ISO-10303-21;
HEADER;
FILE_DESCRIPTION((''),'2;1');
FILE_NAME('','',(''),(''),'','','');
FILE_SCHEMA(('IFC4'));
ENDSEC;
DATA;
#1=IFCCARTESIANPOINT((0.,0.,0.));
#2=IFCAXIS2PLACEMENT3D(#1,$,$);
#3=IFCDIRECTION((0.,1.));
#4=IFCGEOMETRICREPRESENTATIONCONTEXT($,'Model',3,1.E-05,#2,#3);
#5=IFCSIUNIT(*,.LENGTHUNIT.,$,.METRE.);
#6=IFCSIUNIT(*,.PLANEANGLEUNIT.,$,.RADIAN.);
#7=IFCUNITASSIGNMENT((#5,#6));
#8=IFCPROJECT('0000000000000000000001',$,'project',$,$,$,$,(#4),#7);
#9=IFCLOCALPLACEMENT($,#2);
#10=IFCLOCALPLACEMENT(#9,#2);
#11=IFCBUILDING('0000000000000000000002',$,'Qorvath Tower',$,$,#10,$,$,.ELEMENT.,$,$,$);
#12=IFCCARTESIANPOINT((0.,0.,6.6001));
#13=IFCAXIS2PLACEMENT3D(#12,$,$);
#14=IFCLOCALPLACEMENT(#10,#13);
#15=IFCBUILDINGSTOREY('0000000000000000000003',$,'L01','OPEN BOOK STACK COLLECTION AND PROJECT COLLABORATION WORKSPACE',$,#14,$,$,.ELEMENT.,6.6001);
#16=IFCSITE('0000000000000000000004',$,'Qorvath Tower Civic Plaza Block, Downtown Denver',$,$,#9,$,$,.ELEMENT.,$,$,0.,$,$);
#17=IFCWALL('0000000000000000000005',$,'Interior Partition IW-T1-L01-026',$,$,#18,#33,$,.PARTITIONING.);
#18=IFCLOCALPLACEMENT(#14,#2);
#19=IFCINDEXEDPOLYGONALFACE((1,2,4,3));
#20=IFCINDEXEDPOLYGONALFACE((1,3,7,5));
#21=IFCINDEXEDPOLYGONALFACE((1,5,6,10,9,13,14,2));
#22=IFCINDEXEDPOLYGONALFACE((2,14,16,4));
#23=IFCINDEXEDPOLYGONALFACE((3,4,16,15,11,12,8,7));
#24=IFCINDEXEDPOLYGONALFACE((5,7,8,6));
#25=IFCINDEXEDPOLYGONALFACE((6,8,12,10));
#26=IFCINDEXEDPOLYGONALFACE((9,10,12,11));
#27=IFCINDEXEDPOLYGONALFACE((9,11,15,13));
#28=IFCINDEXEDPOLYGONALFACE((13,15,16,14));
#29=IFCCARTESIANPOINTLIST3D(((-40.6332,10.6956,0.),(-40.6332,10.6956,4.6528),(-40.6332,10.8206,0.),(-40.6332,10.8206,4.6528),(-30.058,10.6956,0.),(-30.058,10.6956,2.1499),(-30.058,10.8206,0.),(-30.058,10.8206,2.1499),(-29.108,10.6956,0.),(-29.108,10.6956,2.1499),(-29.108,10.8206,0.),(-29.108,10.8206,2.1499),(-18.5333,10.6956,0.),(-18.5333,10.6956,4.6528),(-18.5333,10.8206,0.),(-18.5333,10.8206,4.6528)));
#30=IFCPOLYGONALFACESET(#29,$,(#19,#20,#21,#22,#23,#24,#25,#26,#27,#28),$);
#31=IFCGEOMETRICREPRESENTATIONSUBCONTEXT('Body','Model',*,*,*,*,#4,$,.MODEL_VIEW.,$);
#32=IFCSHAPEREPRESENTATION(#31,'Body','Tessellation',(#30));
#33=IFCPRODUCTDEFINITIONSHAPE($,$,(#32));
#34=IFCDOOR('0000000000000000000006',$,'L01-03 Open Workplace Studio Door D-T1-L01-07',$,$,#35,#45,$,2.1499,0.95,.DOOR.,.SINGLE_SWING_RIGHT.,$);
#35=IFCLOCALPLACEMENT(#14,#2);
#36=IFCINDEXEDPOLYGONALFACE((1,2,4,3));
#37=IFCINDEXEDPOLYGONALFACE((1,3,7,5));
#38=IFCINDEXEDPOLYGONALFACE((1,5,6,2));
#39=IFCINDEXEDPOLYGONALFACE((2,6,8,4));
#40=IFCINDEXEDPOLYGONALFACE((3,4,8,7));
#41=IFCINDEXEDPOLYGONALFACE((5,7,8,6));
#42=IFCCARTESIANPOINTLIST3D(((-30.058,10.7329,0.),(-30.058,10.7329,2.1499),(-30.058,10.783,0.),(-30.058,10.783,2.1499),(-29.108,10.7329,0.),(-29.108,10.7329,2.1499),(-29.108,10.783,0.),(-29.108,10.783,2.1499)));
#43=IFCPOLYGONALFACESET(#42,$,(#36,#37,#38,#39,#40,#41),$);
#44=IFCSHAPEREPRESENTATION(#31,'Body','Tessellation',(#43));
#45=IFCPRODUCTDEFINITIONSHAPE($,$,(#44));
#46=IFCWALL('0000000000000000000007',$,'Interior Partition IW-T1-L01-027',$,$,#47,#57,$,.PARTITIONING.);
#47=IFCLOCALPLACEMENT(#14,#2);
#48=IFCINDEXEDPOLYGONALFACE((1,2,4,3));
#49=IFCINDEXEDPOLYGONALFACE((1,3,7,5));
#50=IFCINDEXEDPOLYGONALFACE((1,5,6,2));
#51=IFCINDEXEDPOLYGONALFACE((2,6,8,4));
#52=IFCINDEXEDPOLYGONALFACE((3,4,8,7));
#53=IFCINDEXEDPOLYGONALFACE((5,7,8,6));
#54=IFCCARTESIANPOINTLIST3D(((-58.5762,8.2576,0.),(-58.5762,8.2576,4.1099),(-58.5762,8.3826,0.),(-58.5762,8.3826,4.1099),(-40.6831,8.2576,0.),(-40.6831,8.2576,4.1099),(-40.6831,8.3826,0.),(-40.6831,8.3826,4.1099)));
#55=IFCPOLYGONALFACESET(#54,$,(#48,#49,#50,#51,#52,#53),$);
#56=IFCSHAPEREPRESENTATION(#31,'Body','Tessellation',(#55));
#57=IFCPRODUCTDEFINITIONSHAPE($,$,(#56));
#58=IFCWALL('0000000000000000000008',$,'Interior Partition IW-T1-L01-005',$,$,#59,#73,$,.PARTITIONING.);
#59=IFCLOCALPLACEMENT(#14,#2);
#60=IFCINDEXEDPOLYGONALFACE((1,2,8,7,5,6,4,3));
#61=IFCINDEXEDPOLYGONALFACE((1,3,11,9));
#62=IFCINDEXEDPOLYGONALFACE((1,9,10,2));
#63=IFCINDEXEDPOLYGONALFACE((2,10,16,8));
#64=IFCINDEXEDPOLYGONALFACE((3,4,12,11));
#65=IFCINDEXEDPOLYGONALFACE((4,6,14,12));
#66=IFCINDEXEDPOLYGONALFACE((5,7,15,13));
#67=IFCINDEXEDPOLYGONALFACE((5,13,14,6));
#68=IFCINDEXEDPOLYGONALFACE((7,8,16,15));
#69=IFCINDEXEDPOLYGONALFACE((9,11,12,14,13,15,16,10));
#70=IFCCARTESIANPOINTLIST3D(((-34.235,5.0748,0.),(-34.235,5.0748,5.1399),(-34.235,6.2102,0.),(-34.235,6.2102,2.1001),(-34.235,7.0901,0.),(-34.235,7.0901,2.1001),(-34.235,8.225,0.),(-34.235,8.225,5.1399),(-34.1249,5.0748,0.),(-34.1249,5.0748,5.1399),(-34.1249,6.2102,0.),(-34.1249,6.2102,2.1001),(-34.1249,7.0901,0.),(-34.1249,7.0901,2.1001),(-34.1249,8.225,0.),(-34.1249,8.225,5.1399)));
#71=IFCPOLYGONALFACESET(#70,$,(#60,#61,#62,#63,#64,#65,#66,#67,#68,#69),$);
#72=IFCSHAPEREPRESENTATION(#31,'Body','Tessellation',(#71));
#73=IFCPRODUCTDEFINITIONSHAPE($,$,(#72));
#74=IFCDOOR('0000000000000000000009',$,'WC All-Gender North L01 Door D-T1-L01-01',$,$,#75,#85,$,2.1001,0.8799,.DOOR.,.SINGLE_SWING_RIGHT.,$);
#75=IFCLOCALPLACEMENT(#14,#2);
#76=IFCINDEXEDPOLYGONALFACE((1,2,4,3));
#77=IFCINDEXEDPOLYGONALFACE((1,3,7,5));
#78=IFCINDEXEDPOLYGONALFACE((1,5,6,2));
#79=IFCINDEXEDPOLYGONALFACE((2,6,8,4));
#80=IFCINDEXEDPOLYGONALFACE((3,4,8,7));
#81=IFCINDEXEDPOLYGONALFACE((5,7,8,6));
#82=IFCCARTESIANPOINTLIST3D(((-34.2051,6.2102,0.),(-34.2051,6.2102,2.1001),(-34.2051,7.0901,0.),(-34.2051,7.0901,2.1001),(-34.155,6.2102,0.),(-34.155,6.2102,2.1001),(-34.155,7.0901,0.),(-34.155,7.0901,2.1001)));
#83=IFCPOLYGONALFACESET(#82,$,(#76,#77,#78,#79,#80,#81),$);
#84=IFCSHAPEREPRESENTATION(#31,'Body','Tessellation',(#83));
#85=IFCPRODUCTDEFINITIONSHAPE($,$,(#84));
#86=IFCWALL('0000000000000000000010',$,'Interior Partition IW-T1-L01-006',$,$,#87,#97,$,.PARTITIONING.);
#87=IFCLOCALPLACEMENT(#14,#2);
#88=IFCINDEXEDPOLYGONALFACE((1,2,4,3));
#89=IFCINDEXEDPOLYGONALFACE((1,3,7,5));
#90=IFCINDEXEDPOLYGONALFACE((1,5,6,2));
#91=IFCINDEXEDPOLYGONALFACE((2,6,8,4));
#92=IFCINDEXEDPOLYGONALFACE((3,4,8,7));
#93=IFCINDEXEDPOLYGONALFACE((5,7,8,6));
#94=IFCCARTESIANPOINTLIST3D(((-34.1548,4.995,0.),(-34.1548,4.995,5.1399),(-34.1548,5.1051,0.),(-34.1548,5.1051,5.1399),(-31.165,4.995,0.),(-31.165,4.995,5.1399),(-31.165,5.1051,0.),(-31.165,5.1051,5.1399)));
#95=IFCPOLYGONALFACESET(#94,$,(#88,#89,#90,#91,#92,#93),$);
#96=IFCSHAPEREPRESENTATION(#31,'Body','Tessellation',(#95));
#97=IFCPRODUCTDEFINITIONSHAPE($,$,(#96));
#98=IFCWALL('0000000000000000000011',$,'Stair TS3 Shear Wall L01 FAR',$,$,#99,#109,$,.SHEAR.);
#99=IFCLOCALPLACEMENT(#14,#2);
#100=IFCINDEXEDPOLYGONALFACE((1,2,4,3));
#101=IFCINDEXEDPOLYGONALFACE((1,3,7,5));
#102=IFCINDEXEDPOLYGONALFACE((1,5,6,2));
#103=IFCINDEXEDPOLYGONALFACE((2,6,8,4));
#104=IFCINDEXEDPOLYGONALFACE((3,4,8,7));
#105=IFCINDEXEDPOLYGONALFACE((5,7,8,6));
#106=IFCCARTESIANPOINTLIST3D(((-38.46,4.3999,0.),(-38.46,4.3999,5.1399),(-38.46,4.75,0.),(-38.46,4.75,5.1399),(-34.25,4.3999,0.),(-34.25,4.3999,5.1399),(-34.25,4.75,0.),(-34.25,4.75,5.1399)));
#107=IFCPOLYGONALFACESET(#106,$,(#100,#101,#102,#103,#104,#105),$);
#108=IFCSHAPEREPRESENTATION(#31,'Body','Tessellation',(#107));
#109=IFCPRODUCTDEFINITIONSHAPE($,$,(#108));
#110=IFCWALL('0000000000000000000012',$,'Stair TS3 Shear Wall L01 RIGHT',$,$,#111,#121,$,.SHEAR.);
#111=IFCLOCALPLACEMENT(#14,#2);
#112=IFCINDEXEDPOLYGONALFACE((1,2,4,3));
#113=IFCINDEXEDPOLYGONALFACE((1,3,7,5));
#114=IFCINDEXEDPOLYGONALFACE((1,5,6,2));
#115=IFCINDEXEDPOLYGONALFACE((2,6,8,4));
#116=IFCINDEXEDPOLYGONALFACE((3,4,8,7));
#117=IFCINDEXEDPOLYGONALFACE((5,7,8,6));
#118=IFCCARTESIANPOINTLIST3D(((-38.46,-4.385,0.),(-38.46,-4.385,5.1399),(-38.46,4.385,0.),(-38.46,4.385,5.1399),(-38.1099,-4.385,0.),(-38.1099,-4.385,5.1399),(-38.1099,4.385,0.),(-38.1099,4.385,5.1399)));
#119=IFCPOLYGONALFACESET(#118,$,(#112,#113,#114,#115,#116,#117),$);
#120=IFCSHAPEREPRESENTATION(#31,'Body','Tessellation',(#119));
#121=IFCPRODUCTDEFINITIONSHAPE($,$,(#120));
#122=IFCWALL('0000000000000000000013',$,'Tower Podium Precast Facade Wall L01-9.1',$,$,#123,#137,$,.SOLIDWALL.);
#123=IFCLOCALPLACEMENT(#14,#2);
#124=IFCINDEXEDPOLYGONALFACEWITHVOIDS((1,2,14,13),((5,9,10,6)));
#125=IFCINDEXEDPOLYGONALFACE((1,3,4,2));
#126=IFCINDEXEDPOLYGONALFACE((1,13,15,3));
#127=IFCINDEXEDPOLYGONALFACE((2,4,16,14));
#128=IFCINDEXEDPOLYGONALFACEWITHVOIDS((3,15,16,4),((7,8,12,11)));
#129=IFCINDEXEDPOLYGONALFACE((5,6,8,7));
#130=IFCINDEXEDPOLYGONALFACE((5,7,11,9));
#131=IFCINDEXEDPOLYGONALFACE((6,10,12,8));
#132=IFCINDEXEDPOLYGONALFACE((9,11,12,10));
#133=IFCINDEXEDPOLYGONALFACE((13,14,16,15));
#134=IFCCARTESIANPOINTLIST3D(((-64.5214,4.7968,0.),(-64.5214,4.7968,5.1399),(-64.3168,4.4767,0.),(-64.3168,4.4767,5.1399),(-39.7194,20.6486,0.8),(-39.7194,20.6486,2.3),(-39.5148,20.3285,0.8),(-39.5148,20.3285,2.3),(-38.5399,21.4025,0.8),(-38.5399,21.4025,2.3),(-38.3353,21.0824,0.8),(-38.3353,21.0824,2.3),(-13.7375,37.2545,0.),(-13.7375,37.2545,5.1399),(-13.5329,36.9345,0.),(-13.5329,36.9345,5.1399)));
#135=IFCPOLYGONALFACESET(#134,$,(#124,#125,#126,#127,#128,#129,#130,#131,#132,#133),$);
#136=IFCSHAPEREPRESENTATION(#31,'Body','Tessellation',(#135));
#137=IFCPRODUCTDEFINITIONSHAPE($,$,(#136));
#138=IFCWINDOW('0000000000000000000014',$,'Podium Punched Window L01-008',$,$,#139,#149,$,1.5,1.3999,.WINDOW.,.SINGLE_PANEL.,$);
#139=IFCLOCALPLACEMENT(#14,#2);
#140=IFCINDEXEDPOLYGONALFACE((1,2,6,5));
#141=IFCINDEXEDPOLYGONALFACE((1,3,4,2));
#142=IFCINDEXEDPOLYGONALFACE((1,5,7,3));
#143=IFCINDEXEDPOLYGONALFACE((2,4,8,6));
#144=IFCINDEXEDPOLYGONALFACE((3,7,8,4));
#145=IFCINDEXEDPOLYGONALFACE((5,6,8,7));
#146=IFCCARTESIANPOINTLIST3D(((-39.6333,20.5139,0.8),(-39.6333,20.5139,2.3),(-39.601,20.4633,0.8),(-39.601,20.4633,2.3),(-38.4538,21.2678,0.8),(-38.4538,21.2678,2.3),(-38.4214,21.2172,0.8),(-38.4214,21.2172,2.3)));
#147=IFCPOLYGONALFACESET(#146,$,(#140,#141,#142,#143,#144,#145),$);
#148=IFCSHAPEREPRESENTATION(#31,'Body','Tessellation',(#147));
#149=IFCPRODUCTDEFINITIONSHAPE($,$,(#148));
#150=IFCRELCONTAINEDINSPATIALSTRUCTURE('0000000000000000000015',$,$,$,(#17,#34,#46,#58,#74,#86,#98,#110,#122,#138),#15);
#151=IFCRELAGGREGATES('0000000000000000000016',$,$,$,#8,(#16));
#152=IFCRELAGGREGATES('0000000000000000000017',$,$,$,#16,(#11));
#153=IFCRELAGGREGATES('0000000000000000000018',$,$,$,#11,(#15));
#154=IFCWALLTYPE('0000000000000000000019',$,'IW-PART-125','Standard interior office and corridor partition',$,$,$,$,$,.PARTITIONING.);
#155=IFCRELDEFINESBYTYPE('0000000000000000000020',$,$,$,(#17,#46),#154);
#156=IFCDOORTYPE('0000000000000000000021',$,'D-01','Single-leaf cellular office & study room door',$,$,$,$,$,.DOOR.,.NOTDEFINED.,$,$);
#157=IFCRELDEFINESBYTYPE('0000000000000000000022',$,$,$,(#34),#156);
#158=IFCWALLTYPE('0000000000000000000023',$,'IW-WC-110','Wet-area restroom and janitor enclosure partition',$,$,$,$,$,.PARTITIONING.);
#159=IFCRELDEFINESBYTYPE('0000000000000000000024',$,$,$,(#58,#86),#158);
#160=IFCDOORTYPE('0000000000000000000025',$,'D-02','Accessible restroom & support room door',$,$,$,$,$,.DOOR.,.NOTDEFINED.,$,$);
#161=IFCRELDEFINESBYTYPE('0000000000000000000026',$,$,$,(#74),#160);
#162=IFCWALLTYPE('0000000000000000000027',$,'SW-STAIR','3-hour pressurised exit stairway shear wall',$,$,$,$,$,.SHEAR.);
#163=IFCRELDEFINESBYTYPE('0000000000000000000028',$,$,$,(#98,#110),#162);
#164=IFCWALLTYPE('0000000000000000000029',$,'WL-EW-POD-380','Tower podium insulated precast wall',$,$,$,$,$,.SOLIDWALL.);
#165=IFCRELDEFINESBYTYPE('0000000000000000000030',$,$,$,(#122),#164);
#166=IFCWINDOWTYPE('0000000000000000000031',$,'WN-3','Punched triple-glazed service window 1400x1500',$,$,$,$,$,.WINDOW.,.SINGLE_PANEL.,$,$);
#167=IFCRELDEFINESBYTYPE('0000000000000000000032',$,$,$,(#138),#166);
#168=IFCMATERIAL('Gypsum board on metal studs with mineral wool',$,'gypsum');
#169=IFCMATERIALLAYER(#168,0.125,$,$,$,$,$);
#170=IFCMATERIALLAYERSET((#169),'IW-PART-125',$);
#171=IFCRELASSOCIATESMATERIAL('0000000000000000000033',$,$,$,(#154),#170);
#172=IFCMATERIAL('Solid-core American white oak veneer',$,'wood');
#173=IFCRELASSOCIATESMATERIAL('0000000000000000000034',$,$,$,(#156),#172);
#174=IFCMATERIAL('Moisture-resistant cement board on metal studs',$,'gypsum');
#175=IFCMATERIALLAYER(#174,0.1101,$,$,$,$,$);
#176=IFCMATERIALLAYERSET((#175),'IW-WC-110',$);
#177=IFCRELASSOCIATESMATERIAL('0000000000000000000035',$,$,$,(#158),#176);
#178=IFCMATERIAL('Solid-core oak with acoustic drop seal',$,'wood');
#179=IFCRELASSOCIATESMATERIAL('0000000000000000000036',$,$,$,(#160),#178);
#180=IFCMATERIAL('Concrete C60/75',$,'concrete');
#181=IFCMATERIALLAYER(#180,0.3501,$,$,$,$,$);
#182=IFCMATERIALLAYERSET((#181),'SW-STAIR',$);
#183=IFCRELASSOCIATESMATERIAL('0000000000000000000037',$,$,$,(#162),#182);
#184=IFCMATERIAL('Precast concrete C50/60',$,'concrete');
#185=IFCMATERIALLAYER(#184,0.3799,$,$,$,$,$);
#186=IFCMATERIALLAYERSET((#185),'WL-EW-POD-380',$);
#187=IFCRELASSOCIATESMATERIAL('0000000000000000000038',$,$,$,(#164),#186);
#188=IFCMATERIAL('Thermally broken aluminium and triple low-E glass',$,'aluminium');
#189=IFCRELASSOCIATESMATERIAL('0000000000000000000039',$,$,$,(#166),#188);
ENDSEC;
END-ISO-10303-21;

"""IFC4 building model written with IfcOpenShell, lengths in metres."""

from ifc_helpers import new_model, si_unit, direction, frame, frame_2d, origin, place, context, subcontext, project, spatial, rectangle, extrude, material, layer, layer_set, type_object, element, fill, save


model = new_model("IFC4")

# Units and contexts
model_context = context("Model", 3, precision=1e-05, world=origin(), true_north=direction((0.0, 1.0)))
body_context = subcontext(model_context, "Body", "Model", "MODEL_VIEW")
ifc_project = project(units=[si_unit("LENGTHUNIT", "METRE"), si_unit("PLANEANGLEUNIT", "RADIAN")], contexts=[model_context])

# Site, building, storey
site_placement = place(None, origin())
site = spatial("IfcSite", under=ifc_project, at=site_placement, Name="Qorvath Tower Civic Plaza Block, Downtown Denver", CompositionType="ELEMENT", RefElevation=0.0)
building_placement = place(site_placement, origin())
building = spatial("IfcBuilding", under=site, at=building_placement, Name="Qorvath Tower", CompositionType="ELEMENT")
storey_placement = place(building_placement, frame((0.0, 0.0, 6.6001)))
storey = spatial("IfcBuildingStorey", under=building, at=storey_placement, Name="L01", Description="OPEN BOOK STACK COLLECTION AND PROJECT COLLABORATION WORKSPACE", CompositionType="ELEMENT", Elevation=6.6001)

# Shared definitions
ifc_material_1 = material(Name="Gypsum board on metal studs with mineral wool", Category="gypsum")
ifc_layer_1 = layer(ifc_material_1, 0.125)
ifc_layer_set_1 = layer_set([ifc_layer_1], Name="IW-PART-125")
wall_type_1 = type_object("IfcWallType", Name="IW-PART-125", Description="Standard interior office and corridor partition", PredefinedType="PARTITIONING", material=ifc_layer_set_1)

# Wall, opening, door
wall_1_placement = place(storey_placement, frame((-40.6331, 10.7581, 0.0), z_axis=(0.0, 0.0, 1.0), x_axis=(1.0, 0.0, 0.0)))
wall_1 = element("IfcWall", 1, at=wall_1_placement, inside=storey, type_object=wall_type_1, Name="Interior Partition IW-T1-L01-026", PredefinedType="PARTITIONING", context=body_context, shape_type="SweptSolid", body=[
    extrude(rectangle(XDim=22.0999, YDim=0.125, at=frame_2d((11.0498, 0.0))), origin(), (0.0, 0.0, 1.0), 4.6528),
])
opening_1_placement = place(wall_1_placement, frame((10.575, 0.0, 0.0)))
opening_1 = element("IfcOpeningElement", 2, at=opening_1_placement, cuts=wall_1, PredefinedType="OPENING", context=body_context, shape_type="SweptSolid", body=[
    extrude(rectangle(XDim=0.95, YDim=2.1499, at=frame_2d((0.4751, 1.075))), frame((0.0, 0.0725, 0.0), z_axis=(0.0, -1.0, 0.0), x_axis=(1.0, 0.0, 0.0)), (0.0, 0.0, 1.0), 0.145),
])
ifc_material_2 = material(Name="Solid-core American white oak veneer", Category="wood")
door_type_1 = type_object("IfcDoorType", Name="D-01", Description="Single-leaf cellular office & study room door", OperationType="NOTDEFINED", PredefinedType="DOOR", material=ifc_material_2)
door_1_placement = place(opening_1_placement, origin())
door_1 = element("IfcDoor", 3, at=door_1_placement, inside=storey, type_object=door_type_1, Name="L01-03 Open Workplace Studio Door D-T1-L01-07", OperationType="SINGLE_SWING_RIGHT", OverallHeight=2.1499, OverallWidth=0.95, PredefinedType="DOOR", context=body_context, shape_type="SweptSolid", body=[
    extrude(rectangle(XDim=0.95, YDim=2.1499, at=frame_2d((0.4751, 1.075))), frame((0.0, 0.0249, 0.0), z_axis=(0.0, -1.0, 0.0), x_axis=(1.0, 0.0, 0.0)), (0.0, 0.0, 1.0), 0.05),
])
fill(opening_1, door_1)

# Wall
wall_2_placement = place(storey_placement, frame((-58.5762, 8.3201, 0.0), z_axis=(0.0, 0.0, 1.0), x_axis=(1.0, 0.0, 0.0)))
element("IfcWall", 4, at=wall_2_placement, inside=storey, type_object=wall_type_1, Name="Interior Partition IW-T1-L01-027", PredefinedType="PARTITIONING", context=body_context, shape_type="SweptSolid", body=[
    extrude(rectangle(XDim=17.8931, YDim=0.125, at=frame_2d((8.9465, 0.0))), origin(), (0.0, 0.0, 1.0), 4.1099),
])

# Wall, opening, door
ifc_material_3 = material(Name="Moisture-resistant cement board on metal studs", Category="gypsum")
ifc_layer_2 = layer(ifc_material_3, 0.1101)
ifc_layer_set_2 = layer_set([ifc_layer_2], Name="IW-WC-110")
wall_type_2 = type_object("IfcWallType", Name="IW-WC-110", Description="Wet-area restroom and janitor enclosure partition", PredefinedType="PARTITIONING", material=ifc_layer_set_2)
wall_3_placement = place(storey_placement, frame((-34.1799, 8.2251, 0.0), z_axis=(0.0, 0.0, 1.0), x_axis=(0.0, -1.0, 0.0)))
wall_3 = element("IfcWall", 5, at=wall_3_placement, inside=storey, type_object=wall_type_2, Name="Interior Partition IW-T1-L01-005", PredefinedType="PARTITIONING", context=body_context, shape_type="SweptSolid", body=[
    extrude(rectangle(XDim=3.1501, YDim=0.1101, at=frame_2d((1.5752, 0.0))), origin(), (0.0, 0.0, 1.0), 5.1399),
])
opening_2_placement = place(wall_3_placement, frame((1.135, 0.0, 0.0)))
opening_2 = element("IfcOpeningElement", 6, at=opening_2_placement, cuts=wall_3, PredefinedType="OPENING", context=body_context, shape_type="SweptSolid", body=[
    extrude(rectangle(XDim=0.8799, YDim=2.1001, at=frame_2d((0.4399, 1.05))), frame((0.0, 0.0649, 0.0), z_axis=(0.0, -1.0, 0.0), x_axis=(1.0, 0.0, 0.0)), (0.0, 0.0, 1.0), 0.1301),
])
ifc_material_4 = material(Name="Solid-core oak with acoustic drop seal", Category="wood")
door_type_2 = type_object("IfcDoorType", Name="D-02", Description="Accessible restroom & support room door", OperationType="NOTDEFINED", PredefinedType="DOOR", material=ifc_material_4)
door_2_placement = place(opening_2_placement, origin())
door_2 = element("IfcDoor", 7, at=door_2_placement, inside=storey, type_object=door_type_2, Name="WC All-Gender North L01 Door D-T1-L01-01", OperationType="SINGLE_SWING_RIGHT", OverallHeight=2.1001, OverallWidth=0.8799, PredefinedType="DOOR", context=body_context, shape_type="SweptSolid", body=[
    extrude(rectangle(XDim=0.8799, YDim=2.1001, at=frame_2d((0.4399, 1.05))), frame((0.0, 0.0249, 0.0), z_axis=(0.0, -1.0, 0.0), x_axis=(1.0, 0.0, 0.0)), (0.0, 0.0, 1.0), 0.05),
])
fill(opening_2, door_2)

# Walls
wall_4_placement = place(storey_placement, frame((-34.1548, 5.05, 0.0), z_axis=(0.0, 0.0, 1.0), x_axis=(1.0, 0.0, 0.0)))
element("IfcWall", 8, at=wall_4_placement, inside=storey, type_object=wall_type_2, Name="Interior Partition IW-T1-L01-006", PredefinedType="PARTITIONING", context=body_context, shape_type="SweptSolid", body=[
    extrude(rectangle(XDim=2.9897, YDim=0.1101, at=frame_2d((1.4949, 0.0))), origin(), (0.0, 0.0, 1.0), 5.1399),
])
ifc_material_5 = material(Name="Concrete C60/75", Category="concrete")
ifc_layer_3 = layer(ifc_material_5, 0.3501)
ifc_layer_set_3 = layer_set([ifc_layer_3], Name="SW-STAIR")
wall_type_3 = type_object("IfcWallType", Name="SW-STAIR", Description="3-hour pressurised exit stairway shear wall", PredefinedType="SHEAR", material=ifc_layer_set_3)
wall_5_placement = place(storey_placement, frame((-34.25, 4.575, 0.0), z_axis=(0.0, 0.0, 1.0), x_axis=(-1.0, 0.0, 0.0)))
element("IfcWall", 9, at=wall_5_placement, inside=storey, type_object=wall_type_3, Name="Stair TS3 Shear Wall L01 FAR", PredefinedType="SHEAR", context=body_context, shape_type="SweptSolid", body=[
    extrude(rectangle(XDim=4.21, YDim=0.3501, at=frame_2d((2.105, 0.0))), origin(), (0.0, 0.0, 1.0), 5.1399),
])
wall_6_placement = place(storey_placement, frame((-38.2849, 4.385, 0.0), z_axis=(0.0, 0.0, 1.0), x_axis=(0.0, -1.0, 0.0)))
element("IfcWall", 10, at=wall_6_placement, inside=storey, type_object=wall_type_3, Name="Stair TS3 Shear Wall L01 RIGHT", PredefinedType="SHEAR", context=body_context, shape_type="SweptSolid", body=[
    extrude(rectangle(XDim=8.77, YDim=0.3501, at=frame_2d((4.385, 0.0))), origin(), (0.0, 0.0, 1.0), 5.1399),
])

# Wall, opening, window
ifc_material_6 = material(Name="Precast concrete C50/60", Category="concrete")
ifc_layer_4 = layer(ifc_material_6, 0.3799)
ifc_layer_set_4 = layer_set([ifc_layer_4], Name="WL-EW-POD-380")
wall_type_4 = type_object("IfcWallType", Name="WL-EW-POD-380", Description="Tower podium insulated precast wall", PredefinedType="SOLIDWALL", material=ifc_layer_set_4)
wall_7_placement = place(storey_placement, frame((-64.4192, 4.6367, 0.0), z_axis=(0.0, 0.0, 1.0), x_axis=(0.842602, 0.538536, 0.0)))
wall_7 = element("IfcWall", 11, at=wall_7_placement, inside=storey, type_object=wall_type_4, Name="Tower Podium Precast Facade Wall L01-9.1", PredefinedType="SOLIDWALL", context=body_context, shape_type="SweptSolid", body=[
    extrude(rectangle(XDim=60.2703, YDim=0.3799, at=frame_2d((30.1353, 0.0))), origin(), (0.0, 0.0, 1.0), 5.1399),
])
opening_3_placement = place(wall_7_placement, frame((29.4351, 0.0, 0.8)))
opening_3 = element("IfcOpeningElement", 12, at=opening_3_placement, cuts=wall_7, PredefinedType="OPENING", context=body_context, shape_type="SweptSolid", body=[
    extrude(rectangle(XDim=1.3999, YDim=1.5, at=frame_2d((0.7, 0.75))), frame((0.0, 0.2, 0.0), z_axis=(0.0, -1.0, 0.0), x_axis=(1.0, 0.0, 0.0)), (0.0, 0.0, 1.0), 0.3999),
])
ifc_material_7 = material(Name="Thermally broken aluminium and triple low-E glass", Category="aluminium")
window_type = type_object("IfcWindowType", Name="WN-3", Description="Punched triple-glazed service window 1400x1500", PartitioningType="SINGLE_PANEL", PredefinedType="WINDOW", material=ifc_material_7)
window_placement = place(opening_3_placement, origin())
window = element("IfcWindow", 13, at=window_placement, inside=storey, type_object=window_type, Name="Podium Punched Window L01-008", OverallHeight=1.5, OverallWidth=1.3999, PartitioningType="SINGLE_PANEL", PredefinedType="WINDOW", context=body_context, shape_type="SweptSolid", body=[
    extrude(rectangle(XDim=1.3999, YDim=1.5, at=frame_2d((0.7, 0.75))), frame((0.0, 0.03, 0.0), z_axis=(0.0, -1.0, 0.0), x_axis=(1.0, 0.0, 0.0)), (0.0, 0.0, 1.0), 0.0601),
])
fill(opening_3, window)

save(model, "model.ifc")
